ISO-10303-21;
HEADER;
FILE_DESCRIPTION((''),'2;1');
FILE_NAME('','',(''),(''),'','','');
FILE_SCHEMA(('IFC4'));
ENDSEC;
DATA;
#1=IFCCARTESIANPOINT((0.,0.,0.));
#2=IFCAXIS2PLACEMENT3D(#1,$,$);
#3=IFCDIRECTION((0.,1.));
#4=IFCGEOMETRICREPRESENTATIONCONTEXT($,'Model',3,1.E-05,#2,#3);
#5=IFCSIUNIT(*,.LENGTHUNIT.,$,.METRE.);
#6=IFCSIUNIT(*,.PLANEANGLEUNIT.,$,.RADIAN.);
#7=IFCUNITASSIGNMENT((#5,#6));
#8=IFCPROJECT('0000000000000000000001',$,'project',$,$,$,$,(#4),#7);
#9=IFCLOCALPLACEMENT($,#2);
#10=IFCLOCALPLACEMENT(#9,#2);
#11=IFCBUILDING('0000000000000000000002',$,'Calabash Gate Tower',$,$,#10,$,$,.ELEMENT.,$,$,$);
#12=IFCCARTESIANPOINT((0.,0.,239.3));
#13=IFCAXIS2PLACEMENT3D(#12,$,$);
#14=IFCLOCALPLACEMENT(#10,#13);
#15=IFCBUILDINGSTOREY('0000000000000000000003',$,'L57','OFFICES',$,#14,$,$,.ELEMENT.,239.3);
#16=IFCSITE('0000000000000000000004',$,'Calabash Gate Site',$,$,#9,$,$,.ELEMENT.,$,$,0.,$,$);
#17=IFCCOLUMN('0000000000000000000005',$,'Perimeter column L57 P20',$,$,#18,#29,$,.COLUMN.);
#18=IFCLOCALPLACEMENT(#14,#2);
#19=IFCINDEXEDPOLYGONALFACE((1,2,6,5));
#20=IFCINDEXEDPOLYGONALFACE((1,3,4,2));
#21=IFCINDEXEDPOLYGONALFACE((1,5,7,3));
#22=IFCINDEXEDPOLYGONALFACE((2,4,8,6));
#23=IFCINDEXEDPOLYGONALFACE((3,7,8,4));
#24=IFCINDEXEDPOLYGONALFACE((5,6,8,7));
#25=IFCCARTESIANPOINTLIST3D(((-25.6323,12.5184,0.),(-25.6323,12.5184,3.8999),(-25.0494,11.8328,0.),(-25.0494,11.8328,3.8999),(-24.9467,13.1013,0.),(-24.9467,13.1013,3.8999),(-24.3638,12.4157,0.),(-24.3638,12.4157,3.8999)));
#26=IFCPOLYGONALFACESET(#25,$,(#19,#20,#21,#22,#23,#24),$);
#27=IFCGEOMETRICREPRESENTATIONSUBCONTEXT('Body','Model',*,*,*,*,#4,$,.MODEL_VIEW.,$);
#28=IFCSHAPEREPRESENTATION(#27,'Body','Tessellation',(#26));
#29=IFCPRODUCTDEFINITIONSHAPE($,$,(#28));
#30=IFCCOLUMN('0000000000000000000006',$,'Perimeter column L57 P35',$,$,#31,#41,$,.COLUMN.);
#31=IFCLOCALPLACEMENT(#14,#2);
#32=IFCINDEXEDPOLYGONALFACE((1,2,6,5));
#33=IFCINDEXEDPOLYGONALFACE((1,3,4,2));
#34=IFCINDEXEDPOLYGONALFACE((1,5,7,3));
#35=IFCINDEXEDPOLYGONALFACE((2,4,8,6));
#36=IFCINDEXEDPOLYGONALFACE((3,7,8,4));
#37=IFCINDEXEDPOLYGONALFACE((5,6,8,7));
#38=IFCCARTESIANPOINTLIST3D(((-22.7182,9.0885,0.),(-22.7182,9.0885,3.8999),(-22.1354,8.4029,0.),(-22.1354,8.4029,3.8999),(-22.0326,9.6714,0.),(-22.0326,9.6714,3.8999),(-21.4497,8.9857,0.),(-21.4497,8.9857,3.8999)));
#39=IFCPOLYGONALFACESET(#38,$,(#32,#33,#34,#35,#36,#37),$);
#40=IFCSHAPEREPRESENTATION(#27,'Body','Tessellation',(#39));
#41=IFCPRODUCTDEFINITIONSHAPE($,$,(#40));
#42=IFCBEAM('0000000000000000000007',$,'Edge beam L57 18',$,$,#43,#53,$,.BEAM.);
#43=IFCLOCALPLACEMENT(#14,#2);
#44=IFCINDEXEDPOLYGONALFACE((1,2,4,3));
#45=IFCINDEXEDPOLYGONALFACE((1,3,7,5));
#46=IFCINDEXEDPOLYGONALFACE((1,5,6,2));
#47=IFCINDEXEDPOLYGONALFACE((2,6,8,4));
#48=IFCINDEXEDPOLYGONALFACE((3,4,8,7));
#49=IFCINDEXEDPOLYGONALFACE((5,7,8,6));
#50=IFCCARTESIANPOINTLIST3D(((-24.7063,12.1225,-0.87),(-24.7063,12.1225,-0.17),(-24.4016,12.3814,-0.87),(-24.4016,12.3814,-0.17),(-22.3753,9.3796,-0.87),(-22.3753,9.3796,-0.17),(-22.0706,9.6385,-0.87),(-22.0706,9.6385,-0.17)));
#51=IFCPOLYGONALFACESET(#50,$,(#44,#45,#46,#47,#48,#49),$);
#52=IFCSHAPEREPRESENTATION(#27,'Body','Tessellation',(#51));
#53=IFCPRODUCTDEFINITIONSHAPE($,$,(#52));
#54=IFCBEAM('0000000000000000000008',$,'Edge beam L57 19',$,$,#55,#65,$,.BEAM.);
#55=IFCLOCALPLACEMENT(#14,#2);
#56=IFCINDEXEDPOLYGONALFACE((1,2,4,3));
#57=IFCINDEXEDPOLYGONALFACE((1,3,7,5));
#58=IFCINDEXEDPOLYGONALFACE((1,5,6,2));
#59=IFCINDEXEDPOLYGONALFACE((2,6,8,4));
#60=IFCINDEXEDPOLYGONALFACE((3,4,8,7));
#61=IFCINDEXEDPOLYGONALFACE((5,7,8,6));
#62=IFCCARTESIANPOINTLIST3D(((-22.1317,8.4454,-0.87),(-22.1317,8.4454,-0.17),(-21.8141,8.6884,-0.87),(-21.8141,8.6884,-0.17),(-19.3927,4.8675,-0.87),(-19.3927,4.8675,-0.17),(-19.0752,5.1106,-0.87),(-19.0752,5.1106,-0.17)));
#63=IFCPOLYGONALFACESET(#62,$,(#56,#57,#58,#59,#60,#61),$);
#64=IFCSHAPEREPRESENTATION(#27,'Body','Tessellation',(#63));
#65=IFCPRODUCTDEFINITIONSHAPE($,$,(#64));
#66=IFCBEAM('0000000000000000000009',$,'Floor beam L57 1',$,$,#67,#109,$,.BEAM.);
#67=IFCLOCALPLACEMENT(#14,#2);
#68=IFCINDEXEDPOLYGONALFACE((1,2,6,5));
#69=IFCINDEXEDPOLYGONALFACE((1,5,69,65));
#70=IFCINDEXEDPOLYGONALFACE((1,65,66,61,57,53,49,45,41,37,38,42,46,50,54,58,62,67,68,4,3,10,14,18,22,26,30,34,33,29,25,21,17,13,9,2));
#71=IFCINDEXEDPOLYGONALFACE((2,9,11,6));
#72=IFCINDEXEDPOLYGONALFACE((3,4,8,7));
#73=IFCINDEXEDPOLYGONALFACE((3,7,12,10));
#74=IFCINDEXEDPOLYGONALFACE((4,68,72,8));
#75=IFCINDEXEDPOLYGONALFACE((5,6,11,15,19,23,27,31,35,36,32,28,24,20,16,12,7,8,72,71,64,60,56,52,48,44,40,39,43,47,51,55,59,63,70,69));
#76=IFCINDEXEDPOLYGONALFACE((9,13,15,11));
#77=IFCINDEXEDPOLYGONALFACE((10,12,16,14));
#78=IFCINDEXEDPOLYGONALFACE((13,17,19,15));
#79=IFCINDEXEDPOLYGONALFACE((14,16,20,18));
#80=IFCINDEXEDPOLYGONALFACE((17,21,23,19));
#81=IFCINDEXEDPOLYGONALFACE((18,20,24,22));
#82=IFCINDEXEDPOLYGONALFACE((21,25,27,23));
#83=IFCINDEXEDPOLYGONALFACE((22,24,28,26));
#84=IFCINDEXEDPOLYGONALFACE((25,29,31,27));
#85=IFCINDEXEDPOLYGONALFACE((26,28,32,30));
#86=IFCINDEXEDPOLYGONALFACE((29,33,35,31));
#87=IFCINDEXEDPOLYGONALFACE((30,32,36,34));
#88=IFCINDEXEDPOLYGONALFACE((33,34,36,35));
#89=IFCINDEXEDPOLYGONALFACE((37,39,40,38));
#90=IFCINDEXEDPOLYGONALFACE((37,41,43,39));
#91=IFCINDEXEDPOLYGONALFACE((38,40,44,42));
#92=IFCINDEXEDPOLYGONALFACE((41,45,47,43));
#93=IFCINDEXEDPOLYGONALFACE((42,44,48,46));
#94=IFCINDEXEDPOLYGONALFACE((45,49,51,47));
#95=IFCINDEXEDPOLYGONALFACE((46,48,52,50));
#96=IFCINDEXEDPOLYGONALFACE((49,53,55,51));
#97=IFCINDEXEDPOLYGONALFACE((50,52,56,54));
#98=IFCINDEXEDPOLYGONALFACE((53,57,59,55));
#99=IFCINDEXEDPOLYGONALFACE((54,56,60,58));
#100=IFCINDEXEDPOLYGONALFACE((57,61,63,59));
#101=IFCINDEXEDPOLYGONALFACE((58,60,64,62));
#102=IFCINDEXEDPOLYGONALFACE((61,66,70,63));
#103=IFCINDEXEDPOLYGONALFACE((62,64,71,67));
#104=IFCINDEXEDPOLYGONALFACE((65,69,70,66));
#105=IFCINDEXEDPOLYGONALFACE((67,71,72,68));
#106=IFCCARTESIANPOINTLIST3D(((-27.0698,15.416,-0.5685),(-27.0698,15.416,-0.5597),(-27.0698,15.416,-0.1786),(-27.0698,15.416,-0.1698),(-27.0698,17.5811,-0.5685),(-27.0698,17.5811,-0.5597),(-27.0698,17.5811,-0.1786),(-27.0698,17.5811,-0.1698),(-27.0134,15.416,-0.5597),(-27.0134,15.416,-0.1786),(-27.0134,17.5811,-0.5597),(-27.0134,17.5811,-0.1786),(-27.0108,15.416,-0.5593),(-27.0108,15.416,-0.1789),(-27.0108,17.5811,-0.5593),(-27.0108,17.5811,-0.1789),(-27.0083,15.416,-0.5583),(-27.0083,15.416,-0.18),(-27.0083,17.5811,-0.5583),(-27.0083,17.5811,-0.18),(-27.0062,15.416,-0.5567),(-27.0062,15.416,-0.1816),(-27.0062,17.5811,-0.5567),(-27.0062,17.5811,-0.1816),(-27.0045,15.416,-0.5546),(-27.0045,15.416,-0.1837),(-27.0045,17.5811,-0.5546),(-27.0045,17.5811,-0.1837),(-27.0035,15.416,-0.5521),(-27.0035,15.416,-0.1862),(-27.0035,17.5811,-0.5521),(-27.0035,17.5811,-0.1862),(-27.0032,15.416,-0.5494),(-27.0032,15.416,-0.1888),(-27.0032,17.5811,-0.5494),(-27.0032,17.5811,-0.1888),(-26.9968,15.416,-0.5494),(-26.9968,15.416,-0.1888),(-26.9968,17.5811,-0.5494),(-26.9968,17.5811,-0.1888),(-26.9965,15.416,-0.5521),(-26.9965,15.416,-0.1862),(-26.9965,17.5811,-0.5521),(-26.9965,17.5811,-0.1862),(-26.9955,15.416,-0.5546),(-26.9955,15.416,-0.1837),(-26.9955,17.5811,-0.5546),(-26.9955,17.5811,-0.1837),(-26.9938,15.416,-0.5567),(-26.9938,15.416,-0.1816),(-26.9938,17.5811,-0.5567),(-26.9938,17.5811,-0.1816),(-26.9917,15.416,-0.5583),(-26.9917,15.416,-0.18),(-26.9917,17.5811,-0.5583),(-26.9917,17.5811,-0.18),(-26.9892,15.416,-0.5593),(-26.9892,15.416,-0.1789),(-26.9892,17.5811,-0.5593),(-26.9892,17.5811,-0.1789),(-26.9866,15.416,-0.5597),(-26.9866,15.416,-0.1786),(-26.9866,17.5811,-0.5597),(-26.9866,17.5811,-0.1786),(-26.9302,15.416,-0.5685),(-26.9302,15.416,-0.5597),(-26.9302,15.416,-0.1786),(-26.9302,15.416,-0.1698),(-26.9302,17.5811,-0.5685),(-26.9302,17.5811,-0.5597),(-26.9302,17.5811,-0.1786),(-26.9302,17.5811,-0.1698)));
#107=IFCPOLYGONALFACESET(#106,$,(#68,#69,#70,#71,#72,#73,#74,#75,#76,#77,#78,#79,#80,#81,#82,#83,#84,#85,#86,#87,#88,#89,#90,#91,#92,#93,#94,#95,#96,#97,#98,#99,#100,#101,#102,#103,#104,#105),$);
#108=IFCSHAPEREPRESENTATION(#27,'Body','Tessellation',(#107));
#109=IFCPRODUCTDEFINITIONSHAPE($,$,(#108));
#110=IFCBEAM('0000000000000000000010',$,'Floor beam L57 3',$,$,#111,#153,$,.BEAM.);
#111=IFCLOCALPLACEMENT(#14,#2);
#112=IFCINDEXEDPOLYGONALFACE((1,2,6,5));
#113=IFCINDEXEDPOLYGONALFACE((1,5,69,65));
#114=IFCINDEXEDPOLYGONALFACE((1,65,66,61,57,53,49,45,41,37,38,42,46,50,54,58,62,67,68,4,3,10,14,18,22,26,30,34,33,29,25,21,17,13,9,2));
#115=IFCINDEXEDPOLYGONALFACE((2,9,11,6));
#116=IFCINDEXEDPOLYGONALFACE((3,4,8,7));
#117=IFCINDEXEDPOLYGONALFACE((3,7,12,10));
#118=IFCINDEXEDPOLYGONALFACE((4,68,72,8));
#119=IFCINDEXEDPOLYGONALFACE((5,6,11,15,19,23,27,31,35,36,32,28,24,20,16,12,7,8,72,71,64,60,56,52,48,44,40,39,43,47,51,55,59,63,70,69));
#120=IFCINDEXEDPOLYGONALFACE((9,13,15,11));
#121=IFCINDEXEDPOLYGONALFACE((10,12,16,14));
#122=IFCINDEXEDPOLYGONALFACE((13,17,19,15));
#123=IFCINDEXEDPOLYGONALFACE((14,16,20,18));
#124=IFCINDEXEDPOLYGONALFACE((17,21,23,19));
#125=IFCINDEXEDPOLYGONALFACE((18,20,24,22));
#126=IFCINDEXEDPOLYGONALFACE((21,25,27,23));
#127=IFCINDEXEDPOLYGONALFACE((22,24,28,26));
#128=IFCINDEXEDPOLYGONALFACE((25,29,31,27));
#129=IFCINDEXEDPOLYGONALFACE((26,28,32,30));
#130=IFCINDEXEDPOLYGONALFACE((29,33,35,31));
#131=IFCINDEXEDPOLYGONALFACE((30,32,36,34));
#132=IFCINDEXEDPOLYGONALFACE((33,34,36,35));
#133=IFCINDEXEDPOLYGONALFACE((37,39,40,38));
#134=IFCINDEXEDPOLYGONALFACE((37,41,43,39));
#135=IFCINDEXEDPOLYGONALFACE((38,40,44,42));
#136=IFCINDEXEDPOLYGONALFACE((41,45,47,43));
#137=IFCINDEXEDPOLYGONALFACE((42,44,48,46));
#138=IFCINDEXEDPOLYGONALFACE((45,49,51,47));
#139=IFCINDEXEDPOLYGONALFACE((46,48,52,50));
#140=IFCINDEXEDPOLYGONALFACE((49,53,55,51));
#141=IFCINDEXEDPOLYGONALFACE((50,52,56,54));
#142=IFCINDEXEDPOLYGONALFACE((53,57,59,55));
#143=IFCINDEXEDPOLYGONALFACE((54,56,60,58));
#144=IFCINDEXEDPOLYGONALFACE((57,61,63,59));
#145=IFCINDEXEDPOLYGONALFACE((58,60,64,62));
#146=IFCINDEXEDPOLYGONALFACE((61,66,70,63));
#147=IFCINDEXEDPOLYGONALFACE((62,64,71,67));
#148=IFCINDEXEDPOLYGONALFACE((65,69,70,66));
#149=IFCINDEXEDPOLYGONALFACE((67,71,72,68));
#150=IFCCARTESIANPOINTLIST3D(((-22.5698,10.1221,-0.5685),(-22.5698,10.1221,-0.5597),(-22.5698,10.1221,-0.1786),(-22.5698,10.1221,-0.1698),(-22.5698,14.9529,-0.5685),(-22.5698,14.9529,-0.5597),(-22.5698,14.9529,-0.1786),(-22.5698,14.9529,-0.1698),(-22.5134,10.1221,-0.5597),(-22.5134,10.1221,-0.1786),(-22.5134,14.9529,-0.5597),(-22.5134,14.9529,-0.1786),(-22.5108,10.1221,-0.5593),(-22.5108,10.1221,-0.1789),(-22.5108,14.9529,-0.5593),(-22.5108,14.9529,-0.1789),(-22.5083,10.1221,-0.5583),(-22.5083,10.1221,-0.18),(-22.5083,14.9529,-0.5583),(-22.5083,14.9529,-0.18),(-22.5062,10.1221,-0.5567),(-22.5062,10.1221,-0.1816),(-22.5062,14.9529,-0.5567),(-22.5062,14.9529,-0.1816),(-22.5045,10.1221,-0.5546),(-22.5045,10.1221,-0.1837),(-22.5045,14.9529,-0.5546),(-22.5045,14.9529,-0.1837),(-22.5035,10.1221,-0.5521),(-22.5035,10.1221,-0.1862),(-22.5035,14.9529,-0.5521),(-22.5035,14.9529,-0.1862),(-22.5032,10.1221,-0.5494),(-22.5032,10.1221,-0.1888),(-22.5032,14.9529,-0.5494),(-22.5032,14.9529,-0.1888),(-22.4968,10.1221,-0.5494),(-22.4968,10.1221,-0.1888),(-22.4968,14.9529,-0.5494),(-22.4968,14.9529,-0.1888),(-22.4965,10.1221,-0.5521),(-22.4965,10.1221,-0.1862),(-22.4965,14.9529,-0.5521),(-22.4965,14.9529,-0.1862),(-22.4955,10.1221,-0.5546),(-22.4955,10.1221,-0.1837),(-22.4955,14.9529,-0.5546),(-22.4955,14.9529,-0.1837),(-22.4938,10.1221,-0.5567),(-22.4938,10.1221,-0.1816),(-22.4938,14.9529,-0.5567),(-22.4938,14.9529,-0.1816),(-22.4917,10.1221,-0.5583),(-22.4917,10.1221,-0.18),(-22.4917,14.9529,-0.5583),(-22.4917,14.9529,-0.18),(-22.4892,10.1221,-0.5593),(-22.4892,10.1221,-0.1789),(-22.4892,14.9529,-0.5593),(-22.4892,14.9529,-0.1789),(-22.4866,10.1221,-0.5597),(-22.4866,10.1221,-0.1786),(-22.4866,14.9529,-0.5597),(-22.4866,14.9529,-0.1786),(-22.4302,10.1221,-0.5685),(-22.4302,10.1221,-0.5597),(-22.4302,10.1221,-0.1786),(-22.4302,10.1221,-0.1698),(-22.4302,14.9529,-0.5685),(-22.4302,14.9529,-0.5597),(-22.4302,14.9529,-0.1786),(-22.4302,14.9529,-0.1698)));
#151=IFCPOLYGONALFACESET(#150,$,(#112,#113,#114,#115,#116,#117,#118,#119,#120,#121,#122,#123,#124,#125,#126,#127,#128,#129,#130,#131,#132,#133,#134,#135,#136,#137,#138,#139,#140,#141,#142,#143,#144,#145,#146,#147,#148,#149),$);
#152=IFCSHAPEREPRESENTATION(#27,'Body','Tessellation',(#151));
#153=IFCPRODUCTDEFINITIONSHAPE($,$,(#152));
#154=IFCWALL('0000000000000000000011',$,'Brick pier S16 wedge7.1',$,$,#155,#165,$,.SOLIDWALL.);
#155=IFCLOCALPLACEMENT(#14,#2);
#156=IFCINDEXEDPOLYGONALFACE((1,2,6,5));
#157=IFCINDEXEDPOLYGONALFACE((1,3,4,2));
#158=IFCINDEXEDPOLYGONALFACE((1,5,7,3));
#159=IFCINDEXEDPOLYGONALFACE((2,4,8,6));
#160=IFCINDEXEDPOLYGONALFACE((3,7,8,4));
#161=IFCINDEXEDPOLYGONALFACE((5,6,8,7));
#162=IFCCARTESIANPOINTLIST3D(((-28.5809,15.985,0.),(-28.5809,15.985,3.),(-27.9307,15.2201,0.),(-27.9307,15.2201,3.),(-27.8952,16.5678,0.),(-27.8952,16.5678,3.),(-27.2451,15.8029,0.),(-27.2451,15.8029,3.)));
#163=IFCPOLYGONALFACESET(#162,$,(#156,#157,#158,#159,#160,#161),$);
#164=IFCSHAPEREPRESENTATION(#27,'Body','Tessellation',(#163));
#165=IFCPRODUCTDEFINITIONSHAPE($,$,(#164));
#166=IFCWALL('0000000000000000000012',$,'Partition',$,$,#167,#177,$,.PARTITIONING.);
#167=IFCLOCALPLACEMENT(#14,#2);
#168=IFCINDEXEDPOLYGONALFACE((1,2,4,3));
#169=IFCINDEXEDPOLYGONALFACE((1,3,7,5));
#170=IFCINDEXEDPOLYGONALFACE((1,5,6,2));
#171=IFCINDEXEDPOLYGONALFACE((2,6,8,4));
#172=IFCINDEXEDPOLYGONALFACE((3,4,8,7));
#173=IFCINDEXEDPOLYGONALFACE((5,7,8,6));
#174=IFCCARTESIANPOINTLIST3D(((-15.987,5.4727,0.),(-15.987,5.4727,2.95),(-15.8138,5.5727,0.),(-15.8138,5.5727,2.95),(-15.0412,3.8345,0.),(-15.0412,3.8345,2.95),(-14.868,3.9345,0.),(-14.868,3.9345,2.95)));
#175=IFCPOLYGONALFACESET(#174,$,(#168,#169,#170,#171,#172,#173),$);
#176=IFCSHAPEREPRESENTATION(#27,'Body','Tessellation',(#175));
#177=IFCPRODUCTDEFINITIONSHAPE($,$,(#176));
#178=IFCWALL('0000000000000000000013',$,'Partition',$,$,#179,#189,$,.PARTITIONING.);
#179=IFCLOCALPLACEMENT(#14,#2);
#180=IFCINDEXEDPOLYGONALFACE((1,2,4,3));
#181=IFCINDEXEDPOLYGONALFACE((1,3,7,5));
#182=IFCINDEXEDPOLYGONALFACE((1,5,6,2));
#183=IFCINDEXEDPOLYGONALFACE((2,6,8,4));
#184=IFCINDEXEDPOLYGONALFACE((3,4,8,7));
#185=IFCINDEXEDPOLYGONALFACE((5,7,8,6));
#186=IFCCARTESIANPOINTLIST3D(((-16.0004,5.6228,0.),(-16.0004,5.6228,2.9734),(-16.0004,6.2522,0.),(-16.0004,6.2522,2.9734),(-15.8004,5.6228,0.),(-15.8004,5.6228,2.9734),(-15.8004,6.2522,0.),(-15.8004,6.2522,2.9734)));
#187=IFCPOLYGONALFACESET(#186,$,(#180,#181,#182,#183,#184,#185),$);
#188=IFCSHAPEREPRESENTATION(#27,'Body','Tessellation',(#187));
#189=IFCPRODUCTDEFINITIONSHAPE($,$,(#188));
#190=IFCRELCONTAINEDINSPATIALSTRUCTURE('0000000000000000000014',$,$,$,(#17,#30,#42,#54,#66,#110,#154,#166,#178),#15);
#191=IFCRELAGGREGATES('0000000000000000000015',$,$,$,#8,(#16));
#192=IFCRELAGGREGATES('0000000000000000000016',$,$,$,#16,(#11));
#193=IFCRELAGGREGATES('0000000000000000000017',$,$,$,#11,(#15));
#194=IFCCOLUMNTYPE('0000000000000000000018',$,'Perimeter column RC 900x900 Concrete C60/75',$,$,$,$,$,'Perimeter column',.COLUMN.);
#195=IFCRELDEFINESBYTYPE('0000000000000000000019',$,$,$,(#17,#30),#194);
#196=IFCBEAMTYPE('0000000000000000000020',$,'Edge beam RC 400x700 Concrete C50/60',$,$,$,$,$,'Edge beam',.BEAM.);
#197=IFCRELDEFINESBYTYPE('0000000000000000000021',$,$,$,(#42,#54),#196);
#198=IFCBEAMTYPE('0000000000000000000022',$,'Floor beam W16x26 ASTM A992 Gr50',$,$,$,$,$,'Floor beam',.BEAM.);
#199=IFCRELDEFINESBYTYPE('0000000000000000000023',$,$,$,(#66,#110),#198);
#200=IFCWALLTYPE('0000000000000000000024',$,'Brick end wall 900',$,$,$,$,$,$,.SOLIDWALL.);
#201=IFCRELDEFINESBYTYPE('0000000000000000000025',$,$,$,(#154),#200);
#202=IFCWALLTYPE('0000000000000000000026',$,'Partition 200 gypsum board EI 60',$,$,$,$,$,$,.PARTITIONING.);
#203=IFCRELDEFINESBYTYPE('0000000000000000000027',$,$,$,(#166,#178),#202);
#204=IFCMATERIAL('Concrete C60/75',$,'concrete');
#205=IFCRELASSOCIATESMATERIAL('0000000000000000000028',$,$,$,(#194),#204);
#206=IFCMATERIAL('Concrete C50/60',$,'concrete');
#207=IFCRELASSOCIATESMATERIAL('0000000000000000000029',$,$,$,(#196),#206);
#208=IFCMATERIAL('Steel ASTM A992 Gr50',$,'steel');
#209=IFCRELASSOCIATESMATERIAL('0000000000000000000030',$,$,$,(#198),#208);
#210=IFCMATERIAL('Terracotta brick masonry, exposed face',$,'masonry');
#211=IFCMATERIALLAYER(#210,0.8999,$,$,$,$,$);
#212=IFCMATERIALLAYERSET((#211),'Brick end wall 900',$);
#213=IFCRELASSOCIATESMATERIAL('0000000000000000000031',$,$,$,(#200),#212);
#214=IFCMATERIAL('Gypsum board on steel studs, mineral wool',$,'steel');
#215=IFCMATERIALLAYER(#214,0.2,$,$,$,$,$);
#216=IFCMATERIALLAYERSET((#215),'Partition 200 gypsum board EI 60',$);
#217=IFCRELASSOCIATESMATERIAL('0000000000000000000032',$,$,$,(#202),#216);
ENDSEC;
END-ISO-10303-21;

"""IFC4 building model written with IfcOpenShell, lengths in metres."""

from ifc_helpers import new_model, si_unit, direction, frame, frame_2d, origin, origin_2d, place, context, subcontext, project, spatial, rectangle, i_section, extrude, material, layer, layer_set, material_profile, profile_set, type_object, element, save


model = new_model("IFC4")

# Units and contexts
model_context = context("Model", 3, precision=1e-05, world=origin(), true_north=direction((0.0, 1.0)))
body_context = subcontext(model_context, "Body", "Model", "MODEL_VIEW")
ifc_project = project(units=[si_unit("LENGTHUNIT", "METRE"), si_unit("PLANEANGLEUNIT", "RADIAN")], contexts=[model_context])

# Site, building, storey
site_placement = place(None, origin())
site = spatial("IfcSite", under=ifc_project, at=site_placement, Name="Calabash Gate Site", CompositionType="ELEMENT", RefElevation=0.0)
building_placement = place(site_placement, origin())
building = spatial("IfcBuilding", under=site, at=building_placement, Name="Calabash Gate Tower", CompositionType="ELEMENT")
storey_placement = place(building_placement, frame((0.0, 0.0, 239.3)))
storey = spatial("IfcBuildingStorey", under=building, at=storey_placement, Name="L57", Description="OFFICES", CompositionType="ELEMENT", Elevation=239.3)

# Columns
ifc_material_1 = material(Name="Concrete C60/75", Category="concrete")
ifc_material_profile_1 = material_profile(ifc_material_1, rectangle(XDim=0.8999, YDim=0.8999, at=origin_2d()))
ifc_profile_set_1 = profile_set([ifc_material_profile_1], Name="Concrete C60/75")
column_type = type_object("IfcColumnType", Name="Perimeter column RC 900x900 Concrete C60/75", ElementType="Perimeter column", PredefinedType="COLUMN", material=ifc_profile_set_1)
for number, where, z_axis, x_axis, name in (
    (1, (-24.998, 12.467, 0.0), (0.0, 0.0, 1.0), (0.647704, -0.761892, 0.0), "Perimeter column L57 P20"),
    (2, (-22.084, 9.0371, 0.0), (0.0, 0.0, 1.0), (0.647704, -0.761892, 0.0), "Perimeter column L57 P35"),
):
    element("IfcColumn", number, at=place(storey_placement, frame(where, z_axis=z_axis, x_axis=x_axis)), inside=storey, type_object=column_type, Name=name, PredefinedType="COLUMN", context=body_context, shape_type="SweptSolid", body=[
        extrude(rectangle(XDim=0.8999, YDim=0.8999, at=origin_2d()), origin(), (0.0, 0.0, 1.0), 3.8999),
    ])

# Beams
ifc_material_2 = material(Name="Concrete C50/60", Category="concrete")
ifc_material_profile_2 = material_profile(ifc_material_2, rectangle(XDim=0.3999, YDim=0.7, at=origin_2d()))
ifc_profile_set_2 = profile_set([ifc_material_profile_2], Name="Concrete C50/60")
beam_type_1 = type_object("IfcBeamType", Name="Edge beam RC 400x700 Concrete C50/60", ElementType="Edge beam", PredefinedType="BEAM", material=ifc_profile_set_2)
beam_1_placement = place(storey_placement, frame((-24.554, 12.252, -0.52), z_axis=(0.64758, -0.761998, 0.0), x_axis=(0.761998, 0.64758, 0.0)))
element("IfcBeam", 3, at=beam_1_placement, inside=storey, type_object=beam_type_1, Name="Edge beam L57 18", PredefinedType="BEAM", context=body_context, shape_type="SweptSolid", body=[
    extrude(rectangle(XDim=0.3999, YDim=0.7, at=origin_2d()), origin(), (0.0, 0.0, 1.0), 3.5996),
])
beam_2_placement = place(storey_placement, frame((-21.9729, 8.5669, -0.52), z_axis=(0.607868, -0.794038, 0.0), x_axis=(0.794038, 0.607868, 0.0)))
element("IfcBeam", 4, at=beam_2_placement, inside=storey, type_object=beam_type_1, Name="Edge beam L57 19", PredefinedType="BEAM", context=body_context, shape_type="SweptSolid", body=[
    extrude(rectangle(XDim=0.3999, YDim=0.7, at=origin_2d()), origin(), (0.0, 0.0, 1.0), 4.5059),
])
ifc_material_3 = material(Name="Steel ASTM A992 Gr50", Category="steel")
ifc_material_profile_3 = material_profile(ifc_material_3, i_section(OverallWidth=0.1396, OverallDepth=0.3987, WebThickness=0.0063, FlangeThickness=0.0088, FilletRadius=0.0103, at=origin_2d()))
ifc_profile_set_3 = profile_set([ifc_material_profile_3], Name="Steel ASTM A992 Gr50")
beam_type_2 = type_object("IfcBeamType", Name="Floor beam W16x26 ASTM A992 Gr50", ElementType="Floor beam", PredefinedType="BEAM", material=ifc_profile_set_3)
beam_3_placement = place(storey_placement, frame((-27.0, 15.416, -0.3691), z_axis=(0.0, 1.0, 0.0), x_axis=(-1.0, 0.0, 0.0)))
element("IfcBeam", 5, at=beam_3_placement, inside=storey, type_object=beam_type_2, Name="Floor beam L57 1", PredefinedType="BEAM", context=body_context, shape_type="SweptSolid", body=[
    extrude(i_section(OverallWidth=0.1396, OverallDepth=0.3987, WebThickness=0.0063, FlangeThickness=0.0088, FilletRadius=0.0103, at=origin_2d()), origin(), (0.0, 0.0, 1.0), 2.165),
])
beam_4_placement = place(storey_placement, frame((-22.5, 10.1221, -0.3691), z_axis=(0.0, 1.0, 0.0), x_axis=(-1.0, 0.0, 0.0)))
element("IfcBeam", 6, at=beam_4_placement, inside=storey, type_object=beam_type_2, Name="Floor beam L57 3", PredefinedType="BEAM", context=body_context, shape_type="SweptSolid", body=[
    extrude(i_section(OverallWidth=0.1396, OverallDepth=0.3987, WebThickness=0.0063, FlangeThickness=0.0088, FilletRadius=0.0103, at=origin_2d()), origin(), (0.0, 0.0, 1.0), 4.8308),
])

# Walls
ifc_material_4 = material(Name="Terracotta brick masonry, exposed face", Category="masonry")
ifc_layer_1 = layer(ifc_material_4, 0.8999)
ifc_layer_set_1 = layer_set([ifc_layer_1], Name="Brick end wall 900")
wall_type_1 = type_object("IfcWallType", Name="Brick end wall 900", PredefinedType="SOLIDWALL", material=ifc_layer_set_1)
wall_1_placement = place(storey_placement, frame((-27.5879, 15.5115, 0.0), z_axis=(0.0, 0.0, 1.0), x_axis=(-0.647641, 0.761945, 0.0)))
element("IfcWall", 7, at=wall_1_placement, inside=storey, type_object=wall_type_1, Name="Brick pier S16 wedge7.1", PredefinedType="SOLIDWALL", context=body_context, shape_type="SweptSolid", body=[
    extrude(rectangle(XDim=1.0039, YDim=0.8999, at=frame_2d((0.502, 0.0))), origin(), (0.0, 0.0, 1.0), 3.0),
])
ifc_material_5 = material(Name="Gypsum board on steel studs, mineral wool", Category="steel")
ifc_layer_2 = layer(ifc_material_5, 0.2)
ifc_layer_set_2 = layer_set([ifc_layer_2], Name="Partition 200 gypsum board EI 60")
wall_type_2 = type_object("IfcWallType", Name="Partition 200 gypsum board EI 60", PredefinedType="PARTITIONING", material=ifc_layer_set_2)
wall_2_placement = place(storey_placement, frame((-15.9004, 5.5227, 0.0), z_axis=(0.0, 0.0, 1.0), x_axis=(0.499998, -0.866027, 0.0)))
element("IfcWall", 8, at=wall_2_placement, inside=storey, type_object=wall_type_2, Name="Partition", PredefinedType="PARTITIONING", context=body_context, shape_type="SweptSolid", body=[
    extrude(rectangle(XDim=1.8916, YDim=0.2, at=frame_2d((0.9458, 0.0))), origin(), (0.0, 0.0, 1.0), 2.95),
])
wall_3_placement = place(storey_placement, frame((-15.9004, 6.2522, 0.0), z_axis=(0.0, 0.0, 1.0), x_axis=(0.0, -1.0, 0.0)))
element("IfcWall", 9, at=wall_3_placement, inside=storey, type_object=wall_type_2, Name="Partition", PredefinedType="PARTITIONING", context=body_context, shape_type="SweptSolid", body=[
    extrude(rectangle(XDim=0.6294, YDim=0.2, at=frame_2d((0.3147, 0.0))), origin(), (0.0, 0.0, 1.0), 2.9734),
])

save(model, "model.ifc")
